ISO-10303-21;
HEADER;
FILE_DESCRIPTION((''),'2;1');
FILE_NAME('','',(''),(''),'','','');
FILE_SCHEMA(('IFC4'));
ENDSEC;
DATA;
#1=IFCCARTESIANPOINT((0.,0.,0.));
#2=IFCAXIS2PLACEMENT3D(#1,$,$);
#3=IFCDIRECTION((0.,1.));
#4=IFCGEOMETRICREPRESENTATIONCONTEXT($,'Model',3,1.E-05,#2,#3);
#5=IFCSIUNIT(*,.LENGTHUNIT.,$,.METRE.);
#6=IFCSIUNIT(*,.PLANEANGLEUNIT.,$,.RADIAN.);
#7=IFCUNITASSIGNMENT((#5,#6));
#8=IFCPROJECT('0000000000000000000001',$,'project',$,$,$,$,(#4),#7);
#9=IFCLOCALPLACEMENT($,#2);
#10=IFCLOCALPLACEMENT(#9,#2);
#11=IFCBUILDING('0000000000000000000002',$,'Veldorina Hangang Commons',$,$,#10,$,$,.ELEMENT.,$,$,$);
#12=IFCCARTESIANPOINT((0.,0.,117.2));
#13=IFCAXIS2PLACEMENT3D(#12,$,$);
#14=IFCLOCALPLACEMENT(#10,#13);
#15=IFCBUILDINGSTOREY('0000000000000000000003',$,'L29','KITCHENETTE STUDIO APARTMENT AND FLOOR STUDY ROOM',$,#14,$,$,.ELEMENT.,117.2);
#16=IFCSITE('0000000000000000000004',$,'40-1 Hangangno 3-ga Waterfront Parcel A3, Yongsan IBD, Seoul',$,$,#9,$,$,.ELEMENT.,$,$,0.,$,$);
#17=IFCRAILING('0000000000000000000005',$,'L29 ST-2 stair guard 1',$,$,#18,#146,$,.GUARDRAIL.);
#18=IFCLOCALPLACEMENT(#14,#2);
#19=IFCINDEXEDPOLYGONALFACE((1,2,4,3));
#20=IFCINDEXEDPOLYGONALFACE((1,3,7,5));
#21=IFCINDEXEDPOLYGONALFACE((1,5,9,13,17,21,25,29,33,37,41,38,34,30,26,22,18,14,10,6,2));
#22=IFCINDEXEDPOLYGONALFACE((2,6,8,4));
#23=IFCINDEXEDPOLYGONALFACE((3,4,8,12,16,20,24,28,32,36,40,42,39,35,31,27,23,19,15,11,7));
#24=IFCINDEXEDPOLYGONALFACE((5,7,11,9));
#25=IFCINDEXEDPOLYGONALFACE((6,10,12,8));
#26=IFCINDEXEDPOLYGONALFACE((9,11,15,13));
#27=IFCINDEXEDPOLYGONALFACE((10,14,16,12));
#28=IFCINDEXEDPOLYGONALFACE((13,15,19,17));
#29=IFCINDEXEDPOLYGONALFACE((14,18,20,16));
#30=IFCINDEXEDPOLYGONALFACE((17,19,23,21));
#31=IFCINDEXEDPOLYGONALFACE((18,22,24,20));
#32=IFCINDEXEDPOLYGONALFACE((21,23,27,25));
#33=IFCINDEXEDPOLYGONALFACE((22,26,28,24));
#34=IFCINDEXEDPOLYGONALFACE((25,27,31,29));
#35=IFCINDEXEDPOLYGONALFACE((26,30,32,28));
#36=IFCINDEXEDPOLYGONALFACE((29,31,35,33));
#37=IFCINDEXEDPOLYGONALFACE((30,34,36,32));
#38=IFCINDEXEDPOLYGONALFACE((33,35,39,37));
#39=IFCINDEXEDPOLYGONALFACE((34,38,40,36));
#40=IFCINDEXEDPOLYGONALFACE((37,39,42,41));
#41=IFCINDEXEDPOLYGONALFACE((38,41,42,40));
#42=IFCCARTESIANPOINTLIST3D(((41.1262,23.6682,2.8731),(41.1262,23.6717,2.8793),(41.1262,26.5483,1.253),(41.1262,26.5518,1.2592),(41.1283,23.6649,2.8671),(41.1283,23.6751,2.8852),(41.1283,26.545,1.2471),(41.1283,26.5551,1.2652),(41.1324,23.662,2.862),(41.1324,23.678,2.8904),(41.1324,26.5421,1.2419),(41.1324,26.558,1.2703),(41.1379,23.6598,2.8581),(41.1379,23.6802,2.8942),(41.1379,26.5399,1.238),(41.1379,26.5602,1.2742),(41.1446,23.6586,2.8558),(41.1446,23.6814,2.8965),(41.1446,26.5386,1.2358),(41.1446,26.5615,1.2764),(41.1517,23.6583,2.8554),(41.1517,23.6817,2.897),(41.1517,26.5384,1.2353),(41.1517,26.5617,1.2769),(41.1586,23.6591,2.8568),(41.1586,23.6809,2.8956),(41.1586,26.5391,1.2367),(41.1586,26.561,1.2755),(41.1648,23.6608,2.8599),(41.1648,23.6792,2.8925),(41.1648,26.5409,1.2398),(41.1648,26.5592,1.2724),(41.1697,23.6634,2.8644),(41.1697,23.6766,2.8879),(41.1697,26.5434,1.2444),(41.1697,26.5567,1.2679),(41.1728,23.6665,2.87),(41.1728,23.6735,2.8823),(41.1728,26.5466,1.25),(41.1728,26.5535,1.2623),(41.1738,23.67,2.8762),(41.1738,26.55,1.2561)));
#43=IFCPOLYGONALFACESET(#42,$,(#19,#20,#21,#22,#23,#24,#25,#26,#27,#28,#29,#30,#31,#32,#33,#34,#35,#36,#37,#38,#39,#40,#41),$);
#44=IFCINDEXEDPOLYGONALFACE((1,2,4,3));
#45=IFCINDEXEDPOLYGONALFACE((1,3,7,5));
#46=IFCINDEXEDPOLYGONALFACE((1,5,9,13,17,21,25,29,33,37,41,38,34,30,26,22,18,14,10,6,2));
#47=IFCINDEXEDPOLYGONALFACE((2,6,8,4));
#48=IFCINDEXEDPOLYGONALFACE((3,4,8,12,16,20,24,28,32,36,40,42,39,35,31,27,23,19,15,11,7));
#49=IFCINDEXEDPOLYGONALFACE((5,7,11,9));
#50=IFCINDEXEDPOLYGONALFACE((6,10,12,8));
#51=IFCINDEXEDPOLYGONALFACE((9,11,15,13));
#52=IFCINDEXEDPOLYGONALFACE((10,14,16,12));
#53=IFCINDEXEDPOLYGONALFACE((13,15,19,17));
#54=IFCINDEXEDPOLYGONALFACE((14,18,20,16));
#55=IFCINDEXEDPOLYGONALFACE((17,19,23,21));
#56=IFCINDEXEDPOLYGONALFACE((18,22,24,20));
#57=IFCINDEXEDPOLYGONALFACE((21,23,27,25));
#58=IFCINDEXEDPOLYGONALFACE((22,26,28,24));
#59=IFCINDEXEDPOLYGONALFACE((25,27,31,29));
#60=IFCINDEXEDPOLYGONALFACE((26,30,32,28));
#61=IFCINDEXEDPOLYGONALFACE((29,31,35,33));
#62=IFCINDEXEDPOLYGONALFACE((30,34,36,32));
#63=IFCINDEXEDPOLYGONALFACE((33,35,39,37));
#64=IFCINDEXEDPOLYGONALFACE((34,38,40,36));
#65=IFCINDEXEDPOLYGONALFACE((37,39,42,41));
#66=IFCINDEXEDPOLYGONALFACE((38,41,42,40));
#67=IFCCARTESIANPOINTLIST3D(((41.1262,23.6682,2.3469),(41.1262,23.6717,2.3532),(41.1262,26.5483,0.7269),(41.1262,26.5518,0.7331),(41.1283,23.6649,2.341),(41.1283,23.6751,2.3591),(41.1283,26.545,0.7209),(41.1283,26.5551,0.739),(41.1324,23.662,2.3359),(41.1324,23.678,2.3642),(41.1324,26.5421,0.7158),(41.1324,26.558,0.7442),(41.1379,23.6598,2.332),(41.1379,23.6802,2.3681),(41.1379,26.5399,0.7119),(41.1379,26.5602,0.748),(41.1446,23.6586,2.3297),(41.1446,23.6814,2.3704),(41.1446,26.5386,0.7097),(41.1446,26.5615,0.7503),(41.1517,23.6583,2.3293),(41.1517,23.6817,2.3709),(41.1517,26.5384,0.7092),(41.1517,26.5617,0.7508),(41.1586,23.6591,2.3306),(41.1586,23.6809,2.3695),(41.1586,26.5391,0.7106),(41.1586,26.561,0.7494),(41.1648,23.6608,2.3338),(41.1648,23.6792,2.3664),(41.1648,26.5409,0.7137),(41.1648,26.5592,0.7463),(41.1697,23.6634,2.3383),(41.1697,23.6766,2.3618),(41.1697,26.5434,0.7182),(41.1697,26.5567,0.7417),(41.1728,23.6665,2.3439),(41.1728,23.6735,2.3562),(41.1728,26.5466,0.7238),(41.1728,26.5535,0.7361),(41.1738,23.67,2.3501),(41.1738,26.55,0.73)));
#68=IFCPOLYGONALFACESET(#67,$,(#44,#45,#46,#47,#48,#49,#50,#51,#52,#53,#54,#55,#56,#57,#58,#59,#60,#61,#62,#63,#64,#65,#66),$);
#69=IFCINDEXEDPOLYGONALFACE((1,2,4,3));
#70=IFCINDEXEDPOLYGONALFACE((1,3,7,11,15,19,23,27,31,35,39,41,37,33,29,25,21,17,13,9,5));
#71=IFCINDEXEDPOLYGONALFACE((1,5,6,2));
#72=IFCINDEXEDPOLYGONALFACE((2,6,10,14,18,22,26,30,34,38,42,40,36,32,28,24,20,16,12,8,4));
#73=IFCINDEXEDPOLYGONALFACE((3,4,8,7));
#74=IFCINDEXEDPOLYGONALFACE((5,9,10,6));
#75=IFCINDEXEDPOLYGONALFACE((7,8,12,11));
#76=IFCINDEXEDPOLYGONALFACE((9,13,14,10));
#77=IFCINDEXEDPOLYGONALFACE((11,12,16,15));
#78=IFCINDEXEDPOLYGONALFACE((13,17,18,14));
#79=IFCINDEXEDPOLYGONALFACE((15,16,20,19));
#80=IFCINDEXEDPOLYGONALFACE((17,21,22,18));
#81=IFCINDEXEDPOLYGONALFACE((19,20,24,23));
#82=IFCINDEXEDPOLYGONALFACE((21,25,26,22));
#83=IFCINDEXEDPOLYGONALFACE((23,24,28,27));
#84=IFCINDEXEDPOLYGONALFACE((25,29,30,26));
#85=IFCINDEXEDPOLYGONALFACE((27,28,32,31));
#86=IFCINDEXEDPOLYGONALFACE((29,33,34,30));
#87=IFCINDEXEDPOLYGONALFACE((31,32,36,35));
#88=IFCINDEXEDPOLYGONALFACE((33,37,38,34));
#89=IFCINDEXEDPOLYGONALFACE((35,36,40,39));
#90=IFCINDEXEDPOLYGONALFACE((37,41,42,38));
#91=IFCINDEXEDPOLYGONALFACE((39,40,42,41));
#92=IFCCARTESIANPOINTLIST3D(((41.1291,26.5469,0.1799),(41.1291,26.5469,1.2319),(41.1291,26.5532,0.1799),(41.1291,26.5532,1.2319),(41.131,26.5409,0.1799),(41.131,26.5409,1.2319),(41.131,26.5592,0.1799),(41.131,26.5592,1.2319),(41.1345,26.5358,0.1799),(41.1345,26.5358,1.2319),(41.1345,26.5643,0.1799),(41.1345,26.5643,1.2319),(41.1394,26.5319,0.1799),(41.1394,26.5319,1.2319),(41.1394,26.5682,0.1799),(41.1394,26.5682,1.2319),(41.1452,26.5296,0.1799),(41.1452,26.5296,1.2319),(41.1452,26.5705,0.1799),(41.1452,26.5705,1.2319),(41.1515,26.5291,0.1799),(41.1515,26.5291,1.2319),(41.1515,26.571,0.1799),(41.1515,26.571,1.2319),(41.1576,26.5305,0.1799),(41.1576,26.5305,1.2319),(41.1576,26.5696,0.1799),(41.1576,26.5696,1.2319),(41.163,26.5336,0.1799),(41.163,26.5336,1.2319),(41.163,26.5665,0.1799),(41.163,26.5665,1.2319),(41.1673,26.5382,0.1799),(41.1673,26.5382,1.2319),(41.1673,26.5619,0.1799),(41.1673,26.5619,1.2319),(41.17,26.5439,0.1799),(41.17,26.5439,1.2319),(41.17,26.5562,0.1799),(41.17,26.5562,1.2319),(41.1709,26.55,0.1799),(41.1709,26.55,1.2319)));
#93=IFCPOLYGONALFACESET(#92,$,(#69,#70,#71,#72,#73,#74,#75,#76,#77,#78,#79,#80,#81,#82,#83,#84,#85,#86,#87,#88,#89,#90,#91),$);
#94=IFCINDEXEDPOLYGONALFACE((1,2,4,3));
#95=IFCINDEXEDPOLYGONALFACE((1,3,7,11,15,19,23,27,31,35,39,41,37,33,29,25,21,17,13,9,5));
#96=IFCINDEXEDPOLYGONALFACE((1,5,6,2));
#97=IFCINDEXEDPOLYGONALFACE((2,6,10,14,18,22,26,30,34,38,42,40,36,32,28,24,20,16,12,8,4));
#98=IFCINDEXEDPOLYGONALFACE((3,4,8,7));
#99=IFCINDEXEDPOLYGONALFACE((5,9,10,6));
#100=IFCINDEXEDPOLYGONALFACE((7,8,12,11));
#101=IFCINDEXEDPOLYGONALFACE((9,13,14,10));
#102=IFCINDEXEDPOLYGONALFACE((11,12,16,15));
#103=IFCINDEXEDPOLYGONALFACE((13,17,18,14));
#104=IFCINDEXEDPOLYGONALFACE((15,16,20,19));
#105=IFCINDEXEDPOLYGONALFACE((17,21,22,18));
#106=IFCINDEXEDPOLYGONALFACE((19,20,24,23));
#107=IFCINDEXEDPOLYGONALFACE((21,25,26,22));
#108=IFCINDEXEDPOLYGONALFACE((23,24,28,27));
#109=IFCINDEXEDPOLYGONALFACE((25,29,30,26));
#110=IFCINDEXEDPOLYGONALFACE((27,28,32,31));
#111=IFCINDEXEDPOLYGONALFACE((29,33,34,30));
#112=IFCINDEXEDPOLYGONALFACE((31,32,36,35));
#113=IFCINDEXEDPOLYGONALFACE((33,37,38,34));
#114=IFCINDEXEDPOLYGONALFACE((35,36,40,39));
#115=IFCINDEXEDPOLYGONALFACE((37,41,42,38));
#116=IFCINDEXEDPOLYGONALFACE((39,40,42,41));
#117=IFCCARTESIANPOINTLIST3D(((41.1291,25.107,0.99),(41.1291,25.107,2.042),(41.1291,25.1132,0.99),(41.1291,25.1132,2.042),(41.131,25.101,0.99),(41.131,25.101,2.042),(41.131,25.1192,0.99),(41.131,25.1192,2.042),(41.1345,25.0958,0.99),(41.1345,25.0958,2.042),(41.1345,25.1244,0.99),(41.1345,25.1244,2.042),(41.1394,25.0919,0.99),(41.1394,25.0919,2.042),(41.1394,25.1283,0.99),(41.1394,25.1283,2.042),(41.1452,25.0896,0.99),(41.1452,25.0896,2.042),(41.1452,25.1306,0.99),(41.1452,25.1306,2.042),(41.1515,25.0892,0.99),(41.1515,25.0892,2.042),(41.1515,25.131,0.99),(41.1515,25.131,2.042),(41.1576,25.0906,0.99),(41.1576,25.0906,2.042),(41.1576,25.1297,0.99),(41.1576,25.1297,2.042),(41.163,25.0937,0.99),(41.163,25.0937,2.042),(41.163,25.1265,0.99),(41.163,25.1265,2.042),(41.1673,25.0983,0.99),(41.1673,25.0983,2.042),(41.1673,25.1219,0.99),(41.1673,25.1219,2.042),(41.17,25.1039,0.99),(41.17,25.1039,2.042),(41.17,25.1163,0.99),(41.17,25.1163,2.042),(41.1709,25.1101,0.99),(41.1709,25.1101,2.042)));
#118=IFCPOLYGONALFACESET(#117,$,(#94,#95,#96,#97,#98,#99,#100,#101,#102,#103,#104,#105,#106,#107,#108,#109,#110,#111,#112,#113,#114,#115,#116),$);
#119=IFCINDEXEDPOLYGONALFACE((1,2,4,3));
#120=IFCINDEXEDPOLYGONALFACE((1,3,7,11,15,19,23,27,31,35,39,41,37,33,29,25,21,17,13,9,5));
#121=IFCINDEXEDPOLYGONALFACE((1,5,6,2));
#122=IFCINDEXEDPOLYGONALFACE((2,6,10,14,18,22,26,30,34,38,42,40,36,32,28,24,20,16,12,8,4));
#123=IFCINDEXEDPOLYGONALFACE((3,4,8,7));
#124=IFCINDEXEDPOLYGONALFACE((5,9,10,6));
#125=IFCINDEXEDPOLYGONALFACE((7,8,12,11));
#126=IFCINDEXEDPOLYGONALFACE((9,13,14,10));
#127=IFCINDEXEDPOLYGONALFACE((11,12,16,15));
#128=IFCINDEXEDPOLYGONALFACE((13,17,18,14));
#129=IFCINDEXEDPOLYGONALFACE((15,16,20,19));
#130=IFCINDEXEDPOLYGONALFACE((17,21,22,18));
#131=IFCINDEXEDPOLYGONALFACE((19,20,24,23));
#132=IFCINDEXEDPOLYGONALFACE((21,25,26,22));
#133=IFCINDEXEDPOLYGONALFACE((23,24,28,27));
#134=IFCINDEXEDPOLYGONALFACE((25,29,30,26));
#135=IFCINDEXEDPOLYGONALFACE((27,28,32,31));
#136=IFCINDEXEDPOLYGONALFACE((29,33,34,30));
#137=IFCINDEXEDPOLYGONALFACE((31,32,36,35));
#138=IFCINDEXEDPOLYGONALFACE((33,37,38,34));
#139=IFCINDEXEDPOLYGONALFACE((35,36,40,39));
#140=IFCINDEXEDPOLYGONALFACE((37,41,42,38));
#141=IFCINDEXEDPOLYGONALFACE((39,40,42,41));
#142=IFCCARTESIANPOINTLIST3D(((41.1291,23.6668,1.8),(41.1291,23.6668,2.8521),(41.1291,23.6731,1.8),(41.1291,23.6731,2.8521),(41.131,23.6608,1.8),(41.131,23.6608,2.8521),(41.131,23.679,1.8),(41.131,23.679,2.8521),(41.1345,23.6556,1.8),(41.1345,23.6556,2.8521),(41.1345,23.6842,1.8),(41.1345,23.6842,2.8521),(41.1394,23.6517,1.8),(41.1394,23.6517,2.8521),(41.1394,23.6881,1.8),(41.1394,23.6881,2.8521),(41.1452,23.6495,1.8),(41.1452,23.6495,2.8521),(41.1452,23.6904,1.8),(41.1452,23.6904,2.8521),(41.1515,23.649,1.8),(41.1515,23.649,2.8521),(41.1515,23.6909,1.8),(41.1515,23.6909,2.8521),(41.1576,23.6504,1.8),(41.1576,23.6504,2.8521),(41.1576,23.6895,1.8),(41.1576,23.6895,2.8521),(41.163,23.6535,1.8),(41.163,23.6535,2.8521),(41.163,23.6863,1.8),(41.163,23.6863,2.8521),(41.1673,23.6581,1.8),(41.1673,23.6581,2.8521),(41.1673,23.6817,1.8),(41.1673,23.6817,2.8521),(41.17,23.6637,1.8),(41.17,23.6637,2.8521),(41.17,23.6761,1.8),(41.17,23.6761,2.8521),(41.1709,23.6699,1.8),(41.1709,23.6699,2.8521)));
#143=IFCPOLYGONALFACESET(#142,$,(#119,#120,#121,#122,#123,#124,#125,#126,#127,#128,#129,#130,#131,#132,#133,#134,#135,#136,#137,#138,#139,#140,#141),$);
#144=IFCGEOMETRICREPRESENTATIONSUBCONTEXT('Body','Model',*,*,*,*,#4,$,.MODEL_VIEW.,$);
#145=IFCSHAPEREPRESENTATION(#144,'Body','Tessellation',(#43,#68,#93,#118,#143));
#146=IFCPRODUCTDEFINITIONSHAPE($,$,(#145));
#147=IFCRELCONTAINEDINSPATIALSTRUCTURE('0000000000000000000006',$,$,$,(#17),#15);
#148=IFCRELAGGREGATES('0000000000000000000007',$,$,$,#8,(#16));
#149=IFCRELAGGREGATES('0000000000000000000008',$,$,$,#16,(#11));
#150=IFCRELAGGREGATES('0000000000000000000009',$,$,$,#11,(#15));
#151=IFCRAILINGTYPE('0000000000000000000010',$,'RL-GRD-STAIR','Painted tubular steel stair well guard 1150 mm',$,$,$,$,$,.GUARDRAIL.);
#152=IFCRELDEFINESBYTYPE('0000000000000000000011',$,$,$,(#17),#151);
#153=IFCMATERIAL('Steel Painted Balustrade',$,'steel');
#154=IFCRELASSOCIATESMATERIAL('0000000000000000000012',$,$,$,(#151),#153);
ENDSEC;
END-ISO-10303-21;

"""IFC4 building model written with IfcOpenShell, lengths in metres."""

from ifc_helpers import new_model, si_unit, direction, frame, origin, origin_2d, place, context, subcontext, project, spatial, circle, extrude, material, type_object, element, save


model = new_model("IFC4")

# Units and contexts
model_context = context("Model", 3, precision=1e-05, world=origin(), true_north=direction((0.0, 1.0)))
body_context = subcontext(model_context, "Body", "Model", "MODEL_VIEW")
ifc_project = project(units=[si_unit("LENGTHUNIT", "METRE"), si_unit("PLANEANGLEUNIT", "RADIAN")], contexts=[model_context])

# Site, building, storey
site_placement = place(None, origin())
site = spatial("IfcSite", under=ifc_project, at=site_placement, Name="40-1 Hangangno 3-ga Waterfront Parcel A3, Yongsan IBD, Seoul", CompositionType="ELEMENT", RefElevation=0.0)
building_placement = place(site_placement, origin())
building = spatial("IfcBuilding", under=site, at=building_placement, Name="Veldorina Hangang Commons", CompositionType="ELEMENT")
storey_placement = place(building_placement, frame((0.0, 0.0, 117.2)))
storey = spatial("IfcBuildingStorey", under=building, at=storey_placement, Name="L29", Description="KITCHENETTE STUDIO APARTMENT AND FLOOR STUDY ROOM", CompositionType="ELEMENT", Elevation=117.2)

# Railing
ifc_material_1 = material(Name="Steel Painted Balustrade", Category="steel")
railing_type_1 = type_object("IfcRailingType", Name="RL-GRD-STAIR", Description="Painted tubular steel stair well guard 1150 mm", PredefinedType="GUARDRAIL", material=ifc_material_1)
railing_1_placement = place(storey_placement, frame((41.1499, 26.55, 0.1799)))
element("IfcRailing", 1, at=railing_1_placement, inside=storey, type_object=railing_type_1, Name="L29 ST-2 stair guard 1", PredefinedType="GUARDRAIL", context=body_context, shape_type="SweptSolid", body=[
    extrude(circle(Radius=0.0239, at=origin_2d()), frame((0.0, 0.0, 1.0762), z_axis=(0.0, -0.87157, 0.490272), x_axis=(1.0, 0.0, 0.0)), (0.0, 0.0, 1.0), 3.3044),
    extrude(circle(Radius=0.0239, at=origin_2d()), frame((0.0, 0.0, 0.55), z_axis=(0.0, -0.87157, 0.490272), x_axis=(1.0, 0.0, 0.0)), (0.0, 0.0, 1.0), 3.3044),
    extrude(circle(Radius=0.021, at=origin_2d()), origin(), (0.0, 0.0, 1.0), 1.052),
    extrude(circle(Radius=0.021, at=origin_2d()), frame((0.0, -1.4399, 0.8101)), (0.0, 0.0, 1.0), 1.052),
    extrude(circle(Radius=0.021, at=origin_2d()), frame((0.0, -2.8801, 1.6201)), (0.0, 0.0, 1.0), 1.052),
])

save(model, "model.ifc")
